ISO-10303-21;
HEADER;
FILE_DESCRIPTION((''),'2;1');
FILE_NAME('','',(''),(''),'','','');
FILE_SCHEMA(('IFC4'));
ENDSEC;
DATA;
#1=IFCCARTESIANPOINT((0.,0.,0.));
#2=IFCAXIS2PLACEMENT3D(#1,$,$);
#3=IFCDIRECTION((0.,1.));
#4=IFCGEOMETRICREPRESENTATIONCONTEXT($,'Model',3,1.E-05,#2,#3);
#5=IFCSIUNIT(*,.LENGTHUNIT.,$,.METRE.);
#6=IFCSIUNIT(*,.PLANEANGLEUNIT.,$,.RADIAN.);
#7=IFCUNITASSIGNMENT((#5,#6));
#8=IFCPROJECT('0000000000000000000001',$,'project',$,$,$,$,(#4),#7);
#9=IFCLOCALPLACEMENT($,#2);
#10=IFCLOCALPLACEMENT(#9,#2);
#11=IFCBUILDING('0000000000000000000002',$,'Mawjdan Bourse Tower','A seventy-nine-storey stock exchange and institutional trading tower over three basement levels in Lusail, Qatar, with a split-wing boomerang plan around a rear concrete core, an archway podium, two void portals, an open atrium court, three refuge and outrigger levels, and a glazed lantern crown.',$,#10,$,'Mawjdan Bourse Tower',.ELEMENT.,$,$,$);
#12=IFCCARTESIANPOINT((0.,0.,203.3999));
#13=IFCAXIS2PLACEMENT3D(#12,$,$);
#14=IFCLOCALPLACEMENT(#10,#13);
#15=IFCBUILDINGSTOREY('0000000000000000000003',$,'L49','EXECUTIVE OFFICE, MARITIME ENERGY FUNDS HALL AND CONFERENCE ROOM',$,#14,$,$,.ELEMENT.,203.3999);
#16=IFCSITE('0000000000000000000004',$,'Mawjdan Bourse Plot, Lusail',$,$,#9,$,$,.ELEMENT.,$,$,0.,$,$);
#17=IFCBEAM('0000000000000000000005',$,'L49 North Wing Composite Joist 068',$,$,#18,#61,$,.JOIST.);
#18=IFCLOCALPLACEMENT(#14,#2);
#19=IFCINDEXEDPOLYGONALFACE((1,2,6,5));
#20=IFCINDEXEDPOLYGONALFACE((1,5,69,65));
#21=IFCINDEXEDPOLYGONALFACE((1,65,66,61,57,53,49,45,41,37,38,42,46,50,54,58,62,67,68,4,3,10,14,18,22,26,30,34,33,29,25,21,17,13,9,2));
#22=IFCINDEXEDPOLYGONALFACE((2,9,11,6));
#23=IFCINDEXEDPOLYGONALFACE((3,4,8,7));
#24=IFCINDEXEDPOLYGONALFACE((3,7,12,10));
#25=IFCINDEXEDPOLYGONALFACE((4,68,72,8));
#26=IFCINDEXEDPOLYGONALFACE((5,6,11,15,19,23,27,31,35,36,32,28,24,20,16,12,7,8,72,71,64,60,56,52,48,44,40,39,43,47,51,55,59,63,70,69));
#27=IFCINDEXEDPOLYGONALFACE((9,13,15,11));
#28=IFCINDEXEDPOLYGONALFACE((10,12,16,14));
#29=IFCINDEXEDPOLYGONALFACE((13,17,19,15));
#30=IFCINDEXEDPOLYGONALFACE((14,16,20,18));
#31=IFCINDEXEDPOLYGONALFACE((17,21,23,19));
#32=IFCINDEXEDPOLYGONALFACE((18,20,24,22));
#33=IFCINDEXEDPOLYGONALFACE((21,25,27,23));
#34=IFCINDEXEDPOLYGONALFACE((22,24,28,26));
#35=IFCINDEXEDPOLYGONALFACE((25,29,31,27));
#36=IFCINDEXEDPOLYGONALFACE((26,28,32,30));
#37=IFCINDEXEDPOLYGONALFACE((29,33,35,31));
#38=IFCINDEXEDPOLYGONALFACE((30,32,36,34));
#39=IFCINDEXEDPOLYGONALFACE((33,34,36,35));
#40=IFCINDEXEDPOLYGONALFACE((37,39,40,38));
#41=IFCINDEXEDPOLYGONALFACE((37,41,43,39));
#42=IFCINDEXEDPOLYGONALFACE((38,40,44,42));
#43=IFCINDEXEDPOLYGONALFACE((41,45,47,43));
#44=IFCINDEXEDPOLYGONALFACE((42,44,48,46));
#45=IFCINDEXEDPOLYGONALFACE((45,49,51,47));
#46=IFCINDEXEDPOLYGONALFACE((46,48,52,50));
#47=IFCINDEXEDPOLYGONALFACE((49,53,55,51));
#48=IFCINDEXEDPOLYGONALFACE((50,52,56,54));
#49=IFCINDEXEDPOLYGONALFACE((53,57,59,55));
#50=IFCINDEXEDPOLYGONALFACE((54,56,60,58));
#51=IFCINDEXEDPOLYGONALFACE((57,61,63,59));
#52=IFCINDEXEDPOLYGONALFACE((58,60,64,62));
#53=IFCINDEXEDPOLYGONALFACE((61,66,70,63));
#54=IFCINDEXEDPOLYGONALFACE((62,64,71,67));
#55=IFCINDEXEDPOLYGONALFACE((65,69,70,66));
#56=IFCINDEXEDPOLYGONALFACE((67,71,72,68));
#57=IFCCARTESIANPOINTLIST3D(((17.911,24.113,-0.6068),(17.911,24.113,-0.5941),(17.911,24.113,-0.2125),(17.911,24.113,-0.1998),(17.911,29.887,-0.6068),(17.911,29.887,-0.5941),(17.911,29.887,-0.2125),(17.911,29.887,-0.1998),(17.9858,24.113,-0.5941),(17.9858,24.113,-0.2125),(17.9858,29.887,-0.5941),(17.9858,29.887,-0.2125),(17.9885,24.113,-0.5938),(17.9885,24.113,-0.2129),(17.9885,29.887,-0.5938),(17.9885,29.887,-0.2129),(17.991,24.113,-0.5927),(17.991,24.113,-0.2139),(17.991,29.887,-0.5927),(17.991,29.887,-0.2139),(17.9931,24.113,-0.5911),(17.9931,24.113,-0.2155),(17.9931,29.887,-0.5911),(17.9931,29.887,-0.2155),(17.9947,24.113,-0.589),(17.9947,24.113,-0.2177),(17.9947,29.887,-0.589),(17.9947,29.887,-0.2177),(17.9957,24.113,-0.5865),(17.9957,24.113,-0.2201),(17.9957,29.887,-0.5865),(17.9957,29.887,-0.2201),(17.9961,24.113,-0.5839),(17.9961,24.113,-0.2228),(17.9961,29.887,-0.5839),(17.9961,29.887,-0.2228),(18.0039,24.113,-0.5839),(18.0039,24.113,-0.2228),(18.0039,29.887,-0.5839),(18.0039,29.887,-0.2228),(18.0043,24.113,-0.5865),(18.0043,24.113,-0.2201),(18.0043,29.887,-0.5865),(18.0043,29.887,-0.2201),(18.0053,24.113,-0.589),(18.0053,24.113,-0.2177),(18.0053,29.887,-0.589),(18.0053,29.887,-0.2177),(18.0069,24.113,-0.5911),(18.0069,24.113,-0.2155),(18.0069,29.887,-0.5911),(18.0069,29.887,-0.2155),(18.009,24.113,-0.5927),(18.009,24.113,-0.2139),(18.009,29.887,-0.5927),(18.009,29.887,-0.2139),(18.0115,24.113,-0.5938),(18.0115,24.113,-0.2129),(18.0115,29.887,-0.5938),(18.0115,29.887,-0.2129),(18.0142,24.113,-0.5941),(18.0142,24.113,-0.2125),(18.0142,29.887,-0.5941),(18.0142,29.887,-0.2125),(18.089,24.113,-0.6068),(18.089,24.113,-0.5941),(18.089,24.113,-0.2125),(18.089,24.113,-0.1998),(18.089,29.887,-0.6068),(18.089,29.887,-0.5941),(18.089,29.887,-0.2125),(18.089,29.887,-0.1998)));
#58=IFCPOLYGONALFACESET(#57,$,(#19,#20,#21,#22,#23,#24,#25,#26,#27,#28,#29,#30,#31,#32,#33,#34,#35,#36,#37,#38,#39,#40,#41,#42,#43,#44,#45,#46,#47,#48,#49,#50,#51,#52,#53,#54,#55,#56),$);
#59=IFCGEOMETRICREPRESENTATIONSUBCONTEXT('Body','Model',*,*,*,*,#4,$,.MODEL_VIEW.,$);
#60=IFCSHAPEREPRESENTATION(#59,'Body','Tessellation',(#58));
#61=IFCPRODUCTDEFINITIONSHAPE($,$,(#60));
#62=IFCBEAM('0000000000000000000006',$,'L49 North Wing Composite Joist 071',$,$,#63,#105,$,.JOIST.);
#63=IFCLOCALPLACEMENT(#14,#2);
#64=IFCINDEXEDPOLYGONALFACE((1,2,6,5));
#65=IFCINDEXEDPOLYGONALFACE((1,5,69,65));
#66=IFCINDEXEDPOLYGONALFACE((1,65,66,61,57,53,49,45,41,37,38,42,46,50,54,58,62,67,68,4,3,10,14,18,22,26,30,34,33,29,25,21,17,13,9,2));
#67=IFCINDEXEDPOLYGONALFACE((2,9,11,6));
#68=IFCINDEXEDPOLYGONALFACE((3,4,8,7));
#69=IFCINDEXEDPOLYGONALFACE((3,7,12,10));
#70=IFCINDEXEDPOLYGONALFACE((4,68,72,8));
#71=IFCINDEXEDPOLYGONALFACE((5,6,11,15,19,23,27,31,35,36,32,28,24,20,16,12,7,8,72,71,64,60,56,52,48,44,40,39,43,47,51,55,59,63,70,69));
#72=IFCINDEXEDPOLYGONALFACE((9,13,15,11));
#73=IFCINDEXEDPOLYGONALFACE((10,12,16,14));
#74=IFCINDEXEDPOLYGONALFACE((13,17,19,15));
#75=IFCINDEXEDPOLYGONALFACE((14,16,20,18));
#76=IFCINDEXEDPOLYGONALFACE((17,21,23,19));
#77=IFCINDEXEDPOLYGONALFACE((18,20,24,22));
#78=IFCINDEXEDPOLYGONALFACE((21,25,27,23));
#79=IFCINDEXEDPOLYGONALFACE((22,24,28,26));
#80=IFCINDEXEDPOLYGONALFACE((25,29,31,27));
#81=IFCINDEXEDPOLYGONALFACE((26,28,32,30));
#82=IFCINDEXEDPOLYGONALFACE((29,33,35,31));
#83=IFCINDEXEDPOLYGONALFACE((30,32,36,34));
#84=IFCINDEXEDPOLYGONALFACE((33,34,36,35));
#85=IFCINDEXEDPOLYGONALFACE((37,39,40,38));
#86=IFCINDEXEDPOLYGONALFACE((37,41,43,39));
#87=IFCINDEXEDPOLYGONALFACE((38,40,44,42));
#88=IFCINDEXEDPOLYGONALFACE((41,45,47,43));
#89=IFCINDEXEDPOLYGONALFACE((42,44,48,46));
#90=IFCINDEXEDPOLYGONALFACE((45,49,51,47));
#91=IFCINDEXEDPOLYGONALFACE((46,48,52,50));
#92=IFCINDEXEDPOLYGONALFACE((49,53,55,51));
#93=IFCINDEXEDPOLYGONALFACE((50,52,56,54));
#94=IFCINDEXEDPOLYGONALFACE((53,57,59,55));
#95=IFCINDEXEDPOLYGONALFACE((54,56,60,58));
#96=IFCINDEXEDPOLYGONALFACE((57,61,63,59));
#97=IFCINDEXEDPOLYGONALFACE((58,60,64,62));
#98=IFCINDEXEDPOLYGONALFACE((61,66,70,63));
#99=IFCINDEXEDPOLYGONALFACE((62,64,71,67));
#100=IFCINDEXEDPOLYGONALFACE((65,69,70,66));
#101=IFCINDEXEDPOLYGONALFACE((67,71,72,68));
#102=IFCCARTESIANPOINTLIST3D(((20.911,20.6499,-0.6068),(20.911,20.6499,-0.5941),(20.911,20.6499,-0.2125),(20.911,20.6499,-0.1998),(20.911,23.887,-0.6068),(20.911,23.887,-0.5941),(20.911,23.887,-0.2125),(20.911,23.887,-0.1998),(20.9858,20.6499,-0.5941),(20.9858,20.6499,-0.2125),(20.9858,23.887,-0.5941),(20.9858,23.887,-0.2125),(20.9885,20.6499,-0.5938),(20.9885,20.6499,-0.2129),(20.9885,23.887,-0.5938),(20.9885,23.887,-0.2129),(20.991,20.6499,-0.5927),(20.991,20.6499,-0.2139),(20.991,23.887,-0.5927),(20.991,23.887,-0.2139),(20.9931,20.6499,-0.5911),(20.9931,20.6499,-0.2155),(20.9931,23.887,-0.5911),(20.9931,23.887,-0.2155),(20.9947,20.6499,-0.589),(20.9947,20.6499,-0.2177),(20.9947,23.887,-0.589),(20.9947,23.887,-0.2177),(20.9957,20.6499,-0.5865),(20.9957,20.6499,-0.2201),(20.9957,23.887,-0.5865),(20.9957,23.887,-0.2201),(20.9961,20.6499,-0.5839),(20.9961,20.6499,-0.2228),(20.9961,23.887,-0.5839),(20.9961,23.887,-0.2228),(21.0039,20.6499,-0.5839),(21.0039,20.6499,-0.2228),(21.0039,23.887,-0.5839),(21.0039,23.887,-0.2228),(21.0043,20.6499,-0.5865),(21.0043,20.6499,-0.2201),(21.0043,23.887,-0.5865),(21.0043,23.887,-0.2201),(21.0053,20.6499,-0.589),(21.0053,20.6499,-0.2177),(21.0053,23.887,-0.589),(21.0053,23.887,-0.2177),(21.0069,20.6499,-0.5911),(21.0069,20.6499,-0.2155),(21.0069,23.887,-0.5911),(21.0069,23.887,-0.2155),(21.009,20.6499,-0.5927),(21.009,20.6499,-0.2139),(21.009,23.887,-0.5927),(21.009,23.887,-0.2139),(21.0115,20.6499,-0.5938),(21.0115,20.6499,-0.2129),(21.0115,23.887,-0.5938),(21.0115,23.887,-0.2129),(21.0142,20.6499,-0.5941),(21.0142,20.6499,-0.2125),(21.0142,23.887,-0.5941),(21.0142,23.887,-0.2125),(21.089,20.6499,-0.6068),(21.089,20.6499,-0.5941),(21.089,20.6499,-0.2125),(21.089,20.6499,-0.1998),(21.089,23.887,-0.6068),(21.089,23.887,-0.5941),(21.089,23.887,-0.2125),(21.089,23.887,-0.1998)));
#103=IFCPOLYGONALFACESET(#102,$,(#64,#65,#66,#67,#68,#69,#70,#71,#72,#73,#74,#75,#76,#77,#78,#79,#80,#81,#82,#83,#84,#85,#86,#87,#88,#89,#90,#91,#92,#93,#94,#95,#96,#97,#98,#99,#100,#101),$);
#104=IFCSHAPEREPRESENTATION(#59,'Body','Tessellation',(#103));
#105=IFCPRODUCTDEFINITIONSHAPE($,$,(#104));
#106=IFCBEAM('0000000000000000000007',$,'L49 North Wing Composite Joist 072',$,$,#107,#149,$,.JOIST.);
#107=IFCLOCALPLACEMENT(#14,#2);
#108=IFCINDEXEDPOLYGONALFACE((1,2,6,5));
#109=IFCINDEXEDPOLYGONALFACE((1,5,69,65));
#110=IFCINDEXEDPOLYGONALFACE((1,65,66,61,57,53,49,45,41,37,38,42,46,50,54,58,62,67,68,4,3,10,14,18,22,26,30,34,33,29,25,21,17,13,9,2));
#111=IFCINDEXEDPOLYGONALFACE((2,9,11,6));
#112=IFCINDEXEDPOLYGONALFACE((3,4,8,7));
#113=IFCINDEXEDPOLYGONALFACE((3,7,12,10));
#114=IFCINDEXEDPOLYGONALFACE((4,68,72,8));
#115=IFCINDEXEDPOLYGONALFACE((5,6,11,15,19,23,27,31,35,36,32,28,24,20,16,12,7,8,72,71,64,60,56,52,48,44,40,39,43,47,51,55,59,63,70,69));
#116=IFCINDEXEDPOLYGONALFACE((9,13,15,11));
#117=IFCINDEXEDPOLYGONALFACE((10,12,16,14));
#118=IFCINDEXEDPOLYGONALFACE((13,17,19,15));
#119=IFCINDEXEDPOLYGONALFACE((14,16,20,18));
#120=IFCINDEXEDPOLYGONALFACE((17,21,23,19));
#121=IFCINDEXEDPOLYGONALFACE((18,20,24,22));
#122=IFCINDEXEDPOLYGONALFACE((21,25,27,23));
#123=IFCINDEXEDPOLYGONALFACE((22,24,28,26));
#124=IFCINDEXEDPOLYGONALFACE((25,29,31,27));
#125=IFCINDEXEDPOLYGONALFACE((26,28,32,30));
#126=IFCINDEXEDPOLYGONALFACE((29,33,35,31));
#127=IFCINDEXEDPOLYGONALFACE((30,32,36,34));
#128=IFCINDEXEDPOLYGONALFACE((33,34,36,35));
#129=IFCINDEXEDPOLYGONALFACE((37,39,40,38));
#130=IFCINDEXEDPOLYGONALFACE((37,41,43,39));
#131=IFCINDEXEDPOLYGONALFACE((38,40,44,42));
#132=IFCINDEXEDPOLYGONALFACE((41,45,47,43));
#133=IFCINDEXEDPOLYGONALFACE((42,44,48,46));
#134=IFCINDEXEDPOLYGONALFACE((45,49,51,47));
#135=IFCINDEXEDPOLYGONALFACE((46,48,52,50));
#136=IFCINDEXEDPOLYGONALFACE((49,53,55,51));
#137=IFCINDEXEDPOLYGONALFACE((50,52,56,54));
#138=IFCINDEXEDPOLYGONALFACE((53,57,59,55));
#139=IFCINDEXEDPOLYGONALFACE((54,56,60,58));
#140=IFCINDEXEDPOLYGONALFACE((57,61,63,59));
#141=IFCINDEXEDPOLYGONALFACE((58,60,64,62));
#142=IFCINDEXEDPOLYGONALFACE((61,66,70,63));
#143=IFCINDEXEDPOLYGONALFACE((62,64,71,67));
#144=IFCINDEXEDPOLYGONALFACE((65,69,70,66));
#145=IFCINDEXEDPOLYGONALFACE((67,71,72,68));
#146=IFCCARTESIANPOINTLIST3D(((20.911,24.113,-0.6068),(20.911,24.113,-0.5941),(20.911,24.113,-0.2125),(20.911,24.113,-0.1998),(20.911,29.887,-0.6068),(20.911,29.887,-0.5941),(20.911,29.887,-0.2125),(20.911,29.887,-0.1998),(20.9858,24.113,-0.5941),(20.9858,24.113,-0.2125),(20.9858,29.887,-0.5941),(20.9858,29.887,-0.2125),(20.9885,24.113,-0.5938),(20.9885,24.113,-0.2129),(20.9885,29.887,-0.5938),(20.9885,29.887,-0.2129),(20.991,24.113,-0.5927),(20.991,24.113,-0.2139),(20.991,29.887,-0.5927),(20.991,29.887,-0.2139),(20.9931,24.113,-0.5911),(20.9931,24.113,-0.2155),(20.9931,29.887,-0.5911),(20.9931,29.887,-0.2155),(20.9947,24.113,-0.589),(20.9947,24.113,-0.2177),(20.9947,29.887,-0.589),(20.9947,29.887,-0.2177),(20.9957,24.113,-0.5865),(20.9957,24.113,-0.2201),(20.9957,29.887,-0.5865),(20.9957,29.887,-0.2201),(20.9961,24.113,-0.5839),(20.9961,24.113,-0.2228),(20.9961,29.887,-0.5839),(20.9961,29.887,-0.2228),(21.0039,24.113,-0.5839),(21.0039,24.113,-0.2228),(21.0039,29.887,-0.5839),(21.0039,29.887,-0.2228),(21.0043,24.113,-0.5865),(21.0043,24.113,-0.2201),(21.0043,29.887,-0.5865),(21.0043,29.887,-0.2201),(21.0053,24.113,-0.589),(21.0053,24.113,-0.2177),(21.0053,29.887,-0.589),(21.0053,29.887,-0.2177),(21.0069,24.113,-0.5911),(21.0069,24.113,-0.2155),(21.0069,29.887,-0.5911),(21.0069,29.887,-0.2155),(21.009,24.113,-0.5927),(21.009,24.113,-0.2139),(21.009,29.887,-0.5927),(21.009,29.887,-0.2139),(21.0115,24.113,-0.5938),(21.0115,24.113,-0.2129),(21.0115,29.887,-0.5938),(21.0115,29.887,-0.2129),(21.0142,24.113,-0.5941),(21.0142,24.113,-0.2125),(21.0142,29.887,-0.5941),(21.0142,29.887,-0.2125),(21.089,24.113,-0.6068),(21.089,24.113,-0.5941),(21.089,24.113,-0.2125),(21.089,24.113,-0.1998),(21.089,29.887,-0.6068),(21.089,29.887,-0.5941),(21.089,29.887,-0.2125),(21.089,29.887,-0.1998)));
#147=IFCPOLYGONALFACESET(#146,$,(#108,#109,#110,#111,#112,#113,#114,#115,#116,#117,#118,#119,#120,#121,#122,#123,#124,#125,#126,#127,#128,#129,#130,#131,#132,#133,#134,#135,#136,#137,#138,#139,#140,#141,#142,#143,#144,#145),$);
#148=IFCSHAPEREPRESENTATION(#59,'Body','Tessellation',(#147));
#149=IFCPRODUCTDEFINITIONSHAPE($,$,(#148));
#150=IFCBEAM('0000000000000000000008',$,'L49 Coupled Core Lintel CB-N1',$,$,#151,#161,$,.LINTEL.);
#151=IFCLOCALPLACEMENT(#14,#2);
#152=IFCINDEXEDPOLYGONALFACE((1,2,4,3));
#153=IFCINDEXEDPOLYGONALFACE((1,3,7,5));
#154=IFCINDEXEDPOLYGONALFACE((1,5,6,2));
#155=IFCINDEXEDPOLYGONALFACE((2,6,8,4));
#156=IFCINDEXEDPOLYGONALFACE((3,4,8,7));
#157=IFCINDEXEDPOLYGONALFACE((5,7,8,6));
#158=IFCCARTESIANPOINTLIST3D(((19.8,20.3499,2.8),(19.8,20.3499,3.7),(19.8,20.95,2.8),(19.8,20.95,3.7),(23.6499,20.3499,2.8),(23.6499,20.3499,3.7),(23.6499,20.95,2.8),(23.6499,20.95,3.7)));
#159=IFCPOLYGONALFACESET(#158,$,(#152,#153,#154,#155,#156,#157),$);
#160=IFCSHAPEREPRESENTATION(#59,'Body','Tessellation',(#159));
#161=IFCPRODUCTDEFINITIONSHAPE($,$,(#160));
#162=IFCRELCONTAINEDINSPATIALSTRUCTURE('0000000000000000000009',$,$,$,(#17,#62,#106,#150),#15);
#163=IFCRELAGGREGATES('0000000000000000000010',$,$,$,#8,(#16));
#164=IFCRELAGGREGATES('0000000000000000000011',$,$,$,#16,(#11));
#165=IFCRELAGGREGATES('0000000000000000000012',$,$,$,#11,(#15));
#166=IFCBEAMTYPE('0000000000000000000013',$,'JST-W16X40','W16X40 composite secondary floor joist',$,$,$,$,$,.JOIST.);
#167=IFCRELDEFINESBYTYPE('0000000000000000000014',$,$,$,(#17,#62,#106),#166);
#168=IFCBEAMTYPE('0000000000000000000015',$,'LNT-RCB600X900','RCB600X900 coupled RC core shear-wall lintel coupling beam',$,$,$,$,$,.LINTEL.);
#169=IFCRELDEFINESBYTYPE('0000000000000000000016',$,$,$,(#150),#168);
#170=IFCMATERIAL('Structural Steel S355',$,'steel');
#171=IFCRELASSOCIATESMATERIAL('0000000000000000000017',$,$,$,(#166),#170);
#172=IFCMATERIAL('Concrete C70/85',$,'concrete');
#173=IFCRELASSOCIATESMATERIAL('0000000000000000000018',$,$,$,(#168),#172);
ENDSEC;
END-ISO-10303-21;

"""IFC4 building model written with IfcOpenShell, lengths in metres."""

from ifc_helpers import new_model, si_unit, direction, frame, origin, origin_2d, place, context, subcontext, project, spatial, rectangle, i_section, extrude, material, material_profile, profile_set, type_object, element, save


model = new_model("IFC4")

# Units and contexts
model_context = context("Model", 3, precision=1e-05, world=origin(), true_north=direction((0.0, 1.0)))
body_context = subcontext(model_context, "Body", "Model", "MODEL_VIEW")
ifc_project = project(units=[si_unit("LENGTHUNIT", "METRE"), si_unit("PLANEANGLEUNIT", "RADIAN")], contexts=[model_context])

# Site, building, storey
site_placement = place(None, origin())
site = spatial("IfcSite", under=ifc_project, at=site_placement, Name="Mawjdan Bourse Plot, Lusail", CompositionType="ELEMENT", RefElevation=0.0)
building_placement = place(site_placement, origin())
building = spatial("IfcBuilding", under=site, at=building_placement, Name="Mawjdan Bourse Tower", Description="A seventy-nine-storey stock exchange and institutional trading tower over three basement levels in Lusail, Qatar, with a split-wing boomerang plan around a rear concrete core, an archway podium, two void portals, an open atrium court, three refuge and outrigger levels, and a glazed lantern crown.", LongName="Mawjdan Bourse Tower", CompositionType="ELEMENT")
storey_placement = place(building_placement, frame((0.0, 0.0, 203.3999)))
storey = spatial("IfcBuildingStorey", under=building, at=storey_placement, Name="L49", Description="EXECUTIVE OFFICE, MARITIME ENERGY FUNDS HALL AND CONFERENCE ROOM", CompositionType="ELEMENT", Elevation=203.3999)

# Shared definitions
ifc_material_1 = material(Name="Concrete C70/85", Category="concrete")

# Beams
ifc_material_2 = material(Name="Structural Steel S355", Category="steel")
ifc_material_profile_1 = material_profile(ifc_material_2, i_section(OverallWidth=0.178, OverallDepth=0.407, WebThickness=0.0078, FlangeThickness=0.0127, FilletRadius=0.0103, at=origin_2d()), Name="W16X40")
ifc_profile_set_1 = profile_set([ifc_material_profile_1], Name="Structural Steel S355")
beam_type_1 = type_object("IfcBeamType", Name="JST-W16X40", Description="W16X40 composite secondary floor joist", PredefinedType="JOIST", material=ifc_profile_set_1)
beam_1_placement = place(storey_placement, frame((18.0, 24.113, -0.4033), z_axis=(0.0, 1.0, 0.0), x_axis=(-1.0, 0.0, 0.0)))
element("IfcBeam", 1, at=beam_1_placement, inside=storey, type_object=beam_type_1, Name="L49 North Wing Composite Joist 068", PredefinedType="JOIST", context=body_context, shape_type="SweptSolid", body=[
    extrude(i_section(OverallWidth=0.178, OverallDepth=0.407, WebThickness=0.0078, FlangeThickness=0.0127, FilletRadius=0.0103, at=origin_2d()), origin(), (0.0, 0.0, 1.0), 5.7739),
])
beam_2_placement = place(storey_placement, frame((21.0, 20.6499, -0.4033), z_axis=(0.0, 1.0, 0.0), x_axis=(-1.0, 0.0, 0.0)))
element("IfcBeam", 2, at=beam_2_placement, inside=storey, type_object=beam_type_1, Name="L49 North Wing Composite Joist 071", PredefinedType="JOIST", context=body_context, shape_type="SweptSolid", body=[
    extrude(i_section(OverallWidth=0.178, OverallDepth=0.407, WebThickness=0.0078, FlangeThickness=0.0127, FilletRadius=0.0103, at=origin_2d()), origin(), (0.0, 0.0, 1.0), 3.2371),
])
beam_3_placement = place(storey_placement, frame((21.0, 24.113, -0.4033), z_axis=(0.0, 1.0, 0.0), x_axis=(-1.0, 0.0, 0.0)))
element("IfcBeam", 3, at=beam_3_placement, inside=storey, type_object=beam_type_1, Name="L49 North Wing Composite Joist 072", PredefinedType="JOIST", context=body_context, shape_type="SweptSolid", body=[
    extrude(i_section(OverallWidth=0.178, OverallDepth=0.407, WebThickness=0.0078, FlangeThickness=0.0127, FilletRadius=0.0103, at=origin_2d()), origin(), (0.0, 0.0, 1.0), 5.7739),
])
ifc_material_profile_2 = material_profile(ifc_material_1, rectangle(XDim=0.6001, YDim=0.8999, at=origin_2d()), Name="RCB600X900")
ifc_profile_set_2 = profile_set([ifc_material_profile_2], Name="Concrete C70/85")
beam_type_2 = type_object("IfcBeamType", Name="LNT-RCB600X900", Description="RCB600X900 coupled RC core shear-wall lintel coupling beam", PredefinedType="LINTEL", material=ifc_profile_set_2)
beam_4_placement = place(storey_placement, frame((19.8, 20.6499, 3.25), z_axis=(1.0, 0.0, 0.0), x_axis=(0.0, 1.0, 0.0)))
element("IfcBeam", 4, at=beam_4_placement, inside=storey, type_object=beam_type_2, Name="L49 Coupled Core Lintel CB-N1", PredefinedType="LINTEL", context=body_context, shape_type="SweptSolid", body=[
    extrude(rectangle(XDim=0.6001, YDim=0.8999, at=origin_2d()), origin(), (0.0, 0.0, 1.0), 3.8499),
])

save(model, "model.ifc")
